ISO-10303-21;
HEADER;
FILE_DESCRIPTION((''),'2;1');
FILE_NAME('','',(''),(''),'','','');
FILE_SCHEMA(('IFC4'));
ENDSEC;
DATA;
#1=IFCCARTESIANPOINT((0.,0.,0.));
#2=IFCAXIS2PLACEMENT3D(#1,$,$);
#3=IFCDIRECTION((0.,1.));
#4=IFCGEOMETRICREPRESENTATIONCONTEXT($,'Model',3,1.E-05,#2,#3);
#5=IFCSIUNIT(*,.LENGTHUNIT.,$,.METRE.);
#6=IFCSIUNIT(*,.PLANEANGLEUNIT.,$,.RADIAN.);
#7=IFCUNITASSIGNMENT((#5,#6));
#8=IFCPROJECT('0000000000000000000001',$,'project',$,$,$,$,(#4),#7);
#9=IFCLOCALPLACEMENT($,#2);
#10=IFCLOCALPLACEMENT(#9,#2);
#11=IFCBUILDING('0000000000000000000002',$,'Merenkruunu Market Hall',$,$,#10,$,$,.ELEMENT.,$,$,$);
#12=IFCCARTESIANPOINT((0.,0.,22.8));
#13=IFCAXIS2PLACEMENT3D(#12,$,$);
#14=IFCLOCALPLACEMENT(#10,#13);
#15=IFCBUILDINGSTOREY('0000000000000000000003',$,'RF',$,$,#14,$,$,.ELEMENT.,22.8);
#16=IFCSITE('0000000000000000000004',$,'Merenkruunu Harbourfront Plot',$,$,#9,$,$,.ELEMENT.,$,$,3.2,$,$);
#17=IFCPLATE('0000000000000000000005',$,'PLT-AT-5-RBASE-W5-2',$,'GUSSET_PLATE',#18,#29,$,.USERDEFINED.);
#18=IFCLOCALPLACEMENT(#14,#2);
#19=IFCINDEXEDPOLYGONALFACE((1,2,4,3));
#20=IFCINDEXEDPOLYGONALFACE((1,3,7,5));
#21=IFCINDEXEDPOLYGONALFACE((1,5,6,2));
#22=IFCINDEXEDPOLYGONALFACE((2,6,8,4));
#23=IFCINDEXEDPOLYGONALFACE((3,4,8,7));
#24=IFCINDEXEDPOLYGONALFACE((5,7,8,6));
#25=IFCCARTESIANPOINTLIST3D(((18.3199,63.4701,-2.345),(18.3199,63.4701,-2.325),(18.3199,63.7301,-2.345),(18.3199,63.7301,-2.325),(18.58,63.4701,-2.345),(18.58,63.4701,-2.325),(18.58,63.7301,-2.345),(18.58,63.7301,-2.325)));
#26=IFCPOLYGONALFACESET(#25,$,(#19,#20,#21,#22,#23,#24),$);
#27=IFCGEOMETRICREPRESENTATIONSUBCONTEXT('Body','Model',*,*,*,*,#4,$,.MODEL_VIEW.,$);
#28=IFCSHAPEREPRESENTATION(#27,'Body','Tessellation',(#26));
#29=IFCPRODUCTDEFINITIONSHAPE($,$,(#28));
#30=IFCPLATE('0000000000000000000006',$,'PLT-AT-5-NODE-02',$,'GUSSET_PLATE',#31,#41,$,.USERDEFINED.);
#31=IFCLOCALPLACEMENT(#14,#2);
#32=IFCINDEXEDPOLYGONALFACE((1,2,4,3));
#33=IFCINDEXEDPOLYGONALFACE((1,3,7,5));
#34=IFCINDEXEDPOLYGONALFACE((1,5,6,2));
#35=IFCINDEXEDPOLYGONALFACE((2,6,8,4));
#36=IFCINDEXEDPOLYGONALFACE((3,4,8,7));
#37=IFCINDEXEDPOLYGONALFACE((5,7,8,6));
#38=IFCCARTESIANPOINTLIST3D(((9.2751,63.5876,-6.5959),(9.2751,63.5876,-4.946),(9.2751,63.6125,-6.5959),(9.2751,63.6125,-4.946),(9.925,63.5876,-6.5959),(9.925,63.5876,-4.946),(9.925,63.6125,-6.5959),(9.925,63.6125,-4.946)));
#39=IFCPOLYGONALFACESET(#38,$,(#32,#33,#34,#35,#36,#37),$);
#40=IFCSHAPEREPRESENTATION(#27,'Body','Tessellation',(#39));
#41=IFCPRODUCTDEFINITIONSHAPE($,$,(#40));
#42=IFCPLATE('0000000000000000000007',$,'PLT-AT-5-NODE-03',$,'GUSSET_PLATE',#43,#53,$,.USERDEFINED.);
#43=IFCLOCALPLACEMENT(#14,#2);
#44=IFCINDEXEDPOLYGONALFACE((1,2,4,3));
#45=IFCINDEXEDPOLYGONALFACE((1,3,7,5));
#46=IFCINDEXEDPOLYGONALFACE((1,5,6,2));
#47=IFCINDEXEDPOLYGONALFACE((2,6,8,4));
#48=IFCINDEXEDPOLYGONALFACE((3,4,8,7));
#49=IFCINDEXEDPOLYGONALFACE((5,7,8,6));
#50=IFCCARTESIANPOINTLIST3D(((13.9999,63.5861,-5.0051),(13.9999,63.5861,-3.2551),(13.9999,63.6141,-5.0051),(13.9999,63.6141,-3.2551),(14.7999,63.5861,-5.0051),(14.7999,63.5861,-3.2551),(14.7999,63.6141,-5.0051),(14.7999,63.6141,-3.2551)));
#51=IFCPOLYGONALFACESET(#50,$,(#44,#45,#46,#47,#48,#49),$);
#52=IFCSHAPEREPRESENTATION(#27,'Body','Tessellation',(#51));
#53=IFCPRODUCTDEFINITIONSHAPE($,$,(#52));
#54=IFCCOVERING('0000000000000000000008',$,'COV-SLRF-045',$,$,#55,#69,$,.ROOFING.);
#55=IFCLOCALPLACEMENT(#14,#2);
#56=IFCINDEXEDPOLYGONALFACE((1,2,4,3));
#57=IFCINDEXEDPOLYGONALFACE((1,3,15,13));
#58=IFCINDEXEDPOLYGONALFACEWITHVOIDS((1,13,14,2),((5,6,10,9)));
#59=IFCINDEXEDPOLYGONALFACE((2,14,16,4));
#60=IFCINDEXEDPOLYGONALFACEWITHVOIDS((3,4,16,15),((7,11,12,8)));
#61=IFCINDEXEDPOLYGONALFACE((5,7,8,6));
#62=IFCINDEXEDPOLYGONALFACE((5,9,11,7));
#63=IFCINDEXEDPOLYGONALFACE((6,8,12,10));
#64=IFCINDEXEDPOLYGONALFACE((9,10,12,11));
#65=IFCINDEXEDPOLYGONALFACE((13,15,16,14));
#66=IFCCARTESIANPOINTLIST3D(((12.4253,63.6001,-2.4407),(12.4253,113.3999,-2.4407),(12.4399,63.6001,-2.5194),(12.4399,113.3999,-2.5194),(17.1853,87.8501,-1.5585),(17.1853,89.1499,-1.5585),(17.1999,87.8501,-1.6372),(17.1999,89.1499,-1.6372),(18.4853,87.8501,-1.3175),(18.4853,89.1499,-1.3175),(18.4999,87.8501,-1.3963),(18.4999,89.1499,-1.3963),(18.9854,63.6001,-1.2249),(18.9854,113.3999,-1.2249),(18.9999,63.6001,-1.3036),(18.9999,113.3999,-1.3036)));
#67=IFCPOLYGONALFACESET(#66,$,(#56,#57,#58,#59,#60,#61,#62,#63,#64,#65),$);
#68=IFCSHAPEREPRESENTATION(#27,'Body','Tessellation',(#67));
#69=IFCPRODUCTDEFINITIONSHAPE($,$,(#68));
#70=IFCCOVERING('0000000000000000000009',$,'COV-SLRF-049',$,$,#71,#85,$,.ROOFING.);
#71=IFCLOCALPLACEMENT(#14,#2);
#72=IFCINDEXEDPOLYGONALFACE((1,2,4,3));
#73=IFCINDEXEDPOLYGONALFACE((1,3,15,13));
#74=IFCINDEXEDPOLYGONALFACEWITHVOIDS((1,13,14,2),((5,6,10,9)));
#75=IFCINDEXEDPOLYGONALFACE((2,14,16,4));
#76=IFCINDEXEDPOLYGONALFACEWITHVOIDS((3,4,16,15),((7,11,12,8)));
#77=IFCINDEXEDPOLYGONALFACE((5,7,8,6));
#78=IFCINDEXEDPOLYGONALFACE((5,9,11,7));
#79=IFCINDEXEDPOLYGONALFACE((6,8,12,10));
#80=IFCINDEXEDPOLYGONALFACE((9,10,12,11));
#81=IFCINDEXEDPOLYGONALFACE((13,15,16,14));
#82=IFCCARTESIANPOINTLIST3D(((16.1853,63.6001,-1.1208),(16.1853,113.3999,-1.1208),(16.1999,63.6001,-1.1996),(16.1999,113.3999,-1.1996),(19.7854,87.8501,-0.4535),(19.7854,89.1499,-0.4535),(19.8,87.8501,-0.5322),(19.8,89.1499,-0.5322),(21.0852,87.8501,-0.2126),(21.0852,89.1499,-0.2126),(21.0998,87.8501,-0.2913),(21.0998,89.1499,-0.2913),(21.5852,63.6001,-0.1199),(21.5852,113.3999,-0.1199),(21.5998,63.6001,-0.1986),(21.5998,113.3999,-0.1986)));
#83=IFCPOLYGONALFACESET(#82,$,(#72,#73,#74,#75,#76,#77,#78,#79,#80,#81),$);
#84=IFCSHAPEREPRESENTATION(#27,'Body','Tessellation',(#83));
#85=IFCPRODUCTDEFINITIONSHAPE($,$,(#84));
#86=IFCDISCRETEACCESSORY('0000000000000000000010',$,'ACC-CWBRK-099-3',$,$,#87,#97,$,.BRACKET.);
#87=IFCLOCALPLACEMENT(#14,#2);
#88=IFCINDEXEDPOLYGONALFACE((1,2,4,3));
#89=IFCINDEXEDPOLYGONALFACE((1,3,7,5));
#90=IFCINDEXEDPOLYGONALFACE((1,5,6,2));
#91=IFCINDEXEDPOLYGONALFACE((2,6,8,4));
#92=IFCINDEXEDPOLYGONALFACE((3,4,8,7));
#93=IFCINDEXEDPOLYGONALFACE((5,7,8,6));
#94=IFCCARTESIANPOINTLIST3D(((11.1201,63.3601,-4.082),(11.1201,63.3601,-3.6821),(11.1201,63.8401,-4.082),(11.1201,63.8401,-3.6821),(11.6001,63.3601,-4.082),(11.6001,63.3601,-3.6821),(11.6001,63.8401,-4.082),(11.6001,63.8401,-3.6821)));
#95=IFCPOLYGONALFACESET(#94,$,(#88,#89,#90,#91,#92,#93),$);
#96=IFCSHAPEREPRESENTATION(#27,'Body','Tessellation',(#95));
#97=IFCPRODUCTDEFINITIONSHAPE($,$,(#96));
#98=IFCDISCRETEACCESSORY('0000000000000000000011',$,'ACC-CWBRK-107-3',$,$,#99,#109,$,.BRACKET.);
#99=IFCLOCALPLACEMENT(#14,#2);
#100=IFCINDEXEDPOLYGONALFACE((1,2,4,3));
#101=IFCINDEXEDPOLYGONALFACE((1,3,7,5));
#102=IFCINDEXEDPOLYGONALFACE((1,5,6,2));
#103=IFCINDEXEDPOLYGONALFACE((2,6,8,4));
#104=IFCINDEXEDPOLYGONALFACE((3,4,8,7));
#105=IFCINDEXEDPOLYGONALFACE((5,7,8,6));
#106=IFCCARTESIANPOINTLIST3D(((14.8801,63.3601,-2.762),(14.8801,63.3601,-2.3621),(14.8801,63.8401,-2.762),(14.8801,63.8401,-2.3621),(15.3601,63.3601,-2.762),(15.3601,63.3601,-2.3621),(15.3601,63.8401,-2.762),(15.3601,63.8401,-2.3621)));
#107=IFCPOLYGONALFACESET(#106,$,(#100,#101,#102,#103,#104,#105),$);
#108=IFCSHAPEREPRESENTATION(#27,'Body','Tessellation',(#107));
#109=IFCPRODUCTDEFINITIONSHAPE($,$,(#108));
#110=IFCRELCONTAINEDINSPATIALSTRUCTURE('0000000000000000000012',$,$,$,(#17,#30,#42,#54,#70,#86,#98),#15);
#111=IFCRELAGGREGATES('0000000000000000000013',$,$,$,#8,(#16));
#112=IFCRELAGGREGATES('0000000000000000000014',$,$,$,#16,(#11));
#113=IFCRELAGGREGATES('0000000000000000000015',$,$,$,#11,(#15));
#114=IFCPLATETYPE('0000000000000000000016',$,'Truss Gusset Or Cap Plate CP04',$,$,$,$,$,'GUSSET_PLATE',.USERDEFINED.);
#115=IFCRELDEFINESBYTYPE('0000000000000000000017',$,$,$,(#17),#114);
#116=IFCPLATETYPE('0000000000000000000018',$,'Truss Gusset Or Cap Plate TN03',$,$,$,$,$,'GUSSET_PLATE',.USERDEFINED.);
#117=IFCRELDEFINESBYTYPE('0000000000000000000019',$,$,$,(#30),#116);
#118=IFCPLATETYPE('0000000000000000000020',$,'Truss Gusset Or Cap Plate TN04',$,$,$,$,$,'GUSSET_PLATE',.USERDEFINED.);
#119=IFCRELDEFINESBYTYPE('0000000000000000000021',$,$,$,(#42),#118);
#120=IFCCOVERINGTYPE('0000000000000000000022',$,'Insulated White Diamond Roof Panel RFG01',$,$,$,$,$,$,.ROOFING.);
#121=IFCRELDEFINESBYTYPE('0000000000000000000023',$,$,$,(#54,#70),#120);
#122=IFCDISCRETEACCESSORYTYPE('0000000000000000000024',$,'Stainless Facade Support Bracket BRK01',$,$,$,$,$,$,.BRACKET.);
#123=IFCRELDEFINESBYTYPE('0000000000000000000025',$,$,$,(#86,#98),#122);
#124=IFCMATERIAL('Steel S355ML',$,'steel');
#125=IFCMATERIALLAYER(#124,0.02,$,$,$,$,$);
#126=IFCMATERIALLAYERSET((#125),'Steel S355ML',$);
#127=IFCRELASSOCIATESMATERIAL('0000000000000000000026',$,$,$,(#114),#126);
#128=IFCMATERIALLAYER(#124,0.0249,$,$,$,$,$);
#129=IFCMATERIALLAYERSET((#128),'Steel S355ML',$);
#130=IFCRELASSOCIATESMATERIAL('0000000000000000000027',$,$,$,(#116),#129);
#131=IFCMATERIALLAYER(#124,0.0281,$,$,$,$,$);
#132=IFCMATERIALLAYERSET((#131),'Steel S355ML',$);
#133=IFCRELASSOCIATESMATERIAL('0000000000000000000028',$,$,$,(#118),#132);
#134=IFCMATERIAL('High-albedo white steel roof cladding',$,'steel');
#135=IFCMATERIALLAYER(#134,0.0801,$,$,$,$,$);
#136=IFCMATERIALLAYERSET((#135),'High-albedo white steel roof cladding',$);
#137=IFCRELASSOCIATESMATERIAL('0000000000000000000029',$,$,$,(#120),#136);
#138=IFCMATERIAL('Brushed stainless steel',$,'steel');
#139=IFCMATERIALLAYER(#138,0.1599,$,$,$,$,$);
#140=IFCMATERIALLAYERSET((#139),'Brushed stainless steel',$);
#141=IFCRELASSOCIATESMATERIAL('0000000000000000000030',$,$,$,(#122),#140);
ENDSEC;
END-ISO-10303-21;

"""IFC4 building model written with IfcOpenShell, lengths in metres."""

from ifc_helpers import new_model, si_unit, direction, frame, origin, origin_2d, place, context, subcontext, project, spatial, polyline, rectangle, outline, extrude, material, layer, layer_set, type_object, element, save


model = new_model("IFC4")

# Units and contexts
model_context = context("Model", 3, precision=1e-05, world=origin(), true_north=direction((0.0, 1.0)))
body_context = subcontext(model_context, "Body", "Model", "MODEL_VIEW")
ifc_project = project(units=[si_unit("LENGTHUNIT", "METRE"), si_unit("PLANEANGLEUNIT", "RADIAN")], contexts=[model_context])

# Site, building, storey
site_placement = place(None, origin())
site = spatial("IfcSite", under=ifc_project, at=site_placement, Name="Merenkruunu Harbourfront Plot", CompositionType="ELEMENT", RefElevation=3.2)
building_placement = place(site_placement, origin())
building = spatial("IfcBuilding", under=site, at=building_placement, Name="Merenkruunu Market Hall", CompositionType="ELEMENT")
storey_placement = place(building_placement, frame((0.0, 0.0, 22.8)))
storey = spatial("IfcBuildingStorey", under=building, at=storey_placement, Name="RF", CompositionType="ELEMENT", Elevation=22.8)

# Shared definitions
ifc_material_1 = material(Name="Steel S355ML", Category="steel")

# Plates
ifc_layer_1 = layer(ifc_material_1, 0.02)
ifc_layer_set_1 = layer_set([ifc_layer_1], Name="Steel S355ML")
plate_type_1 = type_object("IfcPlateType", Name="Truss Gusset Or Cap Plate CP04", ElementType="GUSSET_PLATE", PredefinedType="USERDEFINED", material=ifc_layer_set_1)
for number, where, z_axis, x_axis, name in (
    (1, (18.45, 63.6001, -2.345), (0.0, 0.0, 1.0), (1.0, 0.0, 0.0), "PLT-AT-5-RBASE-W5-2"),
):
    element("IfcPlate", number, at=place(storey_placement, frame(where, z_axis=z_axis, x_axis=x_axis)), inside=storey, type_object=plate_type_1, Name=name, ObjectType="GUSSET_PLATE", PredefinedType="USERDEFINED", context=body_context, shape_type="SweptSolid", body=[
        extrude(rectangle(XDim=0.26, YDim=0.26, at=origin_2d()), origin(), (0.0, 0.0, 1.0), 0.02),
    ])
ifc_layer_2 = layer(ifc_material_1, 0.0249)
ifc_layer_set_2 = layer_set([ifc_layer_2], Name="Steel S355ML")
plate_type_2 = type_object("IfcPlateType", Name="Truss Gusset Or Cap Plate TN03", ElementType="GUSSET_PLATE", PredefinedType="USERDEFINED", material=ifc_layer_set_2)
plate_1_placement = place(storey_placement, frame((9.6001, 63.6001, -6.5959), z_axis=(0.0, 0.0, 1.0), x_axis=(1.0, 0.0, 0.0)))
element("IfcPlate", 2, at=plate_1_placement, inside=storey, type_object=plate_type_2, Name="PLT-AT-5-NODE-02", ObjectType="GUSSET_PLATE", PredefinedType="USERDEFINED", context=body_context, shape_type="SweptSolid", body=[
    extrude(rectangle(XDim=0.6499, YDim=0.0249, at=origin_2d()), origin(), (0.0, 0.0, 1.0), 1.6499),
])
ifc_layer_3 = layer(ifc_material_1, 0.0281)
ifc_layer_set_3 = layer_set([ifc_layer_3], Name="Steel S355ML")
plate_type_3 = type_object("IfcPlateType", Name="Truss Gusset Or Cap Plate TN04", ElementType="GUSSET_PLATE", PredefinedType="USERDEFINED", material=ifc_layer_set_3)
plate_2_placement = place(storey_placement, frame((14.3999, 63.6001, -5.0051), z_axis=(0.0, 0.0, 1.0), x_axis=(1.0, 0.0, 0.0)))
element("IfcPlate", 3, at=plate_2_placement, inside=storey, type_object=plate_type_3, Name="PLT-AT-5-NODE-03", ObjectType="GUSSET_PLATE", PredefinedType="USERDEFINED", context=body_context, shape_type="SweptSolid", body=[
    extrude(rectangle(XDim=0.8, YDim=0.0281, at=origin_2d()), origin(), (0.0, 0.0, 1.0), 1.75),
])

# Coverings
ifc_material_2 = material(Name="High-albedo white steel roof cladding", Category="steel")
ifc_layer_4 = layer(ifc_material_2, 0.0801)
ifc_layer_set_4 = layer_set([ifc_layer_4], Name="High-albedo white steel roof cladding")
covering_type = type_object("IfcCoveringType", Name="Insulated White Diamond Roof Panel RFG01", PredefinedType="ROOFING", material=ifc_layer_set_4)
covering_1_placement = place(storey_placement, frame((12.4253, 63.6001, -2.4407), z_axis=(-0.182233, 0.0, 0.983255), x_axis=(0.983255, 0.0, 0.182233)))
element("IfcCovering", 4, at=covering_1_placement, inside=storey, type_object=covering_type, Name="COV-SLRF-045", PredefinedType="ROOFING", context=body_context, shape_type="SweptSolid", body=[
    extrude(outline(polyline([(0.0, 0.0), (6.6718, 0.0), (6.6718, 49.7998), (0.0, 49.7998), (0.0, 0.0)]), holes=[polyline([(4.841, 24.25), (6.1632, 24.25), (6.1632, 25.5498), (4.841, 25.5498), (4.841, 24.25)])]), origin(), (0.0, 0.0, -1.0), 0.0801),
])
covering_2_placement = place(storey_placement, frame((16.1853, 63.6001, -1.1208), z_axis=(-0.182264, 0.0, 0.98325), x_axis=(0.98325, 0.0, 0.182264)))
element("IfcCovering", 5, at=covering_2_placement, inside=storey, type_object=covering_type, Name="COV-SLRF-049", PredefinedType="ROOFING", context=body_context, shape_type="SweptSolid", body=[
    extrude(outline(polyline([(0.0, 0.0), (5.4919, 0.0), (5.4919, 49.7998), (0.0, 49.7998), (0.0, 0.0)]), holes=[polyline([(3.6614, 24.25), (4.9834, 24.25), (4.9834, 25.5498), (3.6614, 25.5498), (3.6614, 24.25)])]), origin(), (0.0, 0.0, -1.0), 0.0801),
])

# Discrete accessories
ifc_material_3 = material(Name="Brushed stainless steel", Category="steel")
ifc_layer_5 = layer(ifc_material_3, 0.1599)
ifc_layer_set_5 = layer_set([ifc_layer_5], Name="Brushed stainless steel")
discrete_accessory_type = type_object("IfcDiscreteAccessoryType", Name="Stainless Facade Support Bracket BRK01", PredefinedType="BRACKET", material=ifc_layer_set_5)
for number, where, z_axis, x_axis, name in (
    (6, (11.3601, 63.6001, -4.082), (0.0, 0.0, 1.0), (1.0, 0.0, 0.0), "ACC-CWBRK-099-3"),
    (7, (15.1201, 63.6001, -2.762), (0.0, 0.0, 1.0), (1.0, 0.0, 0.0), "ACC-CWBRK-107-3"),
):
    element("IfcDiscreteAccessory", number, at=place(storey_placement, frame(where, z_axis=z_axis, x_axis=x_axis)), inside=storey, type_object=discrete_accessory_type, Name=name, PredefinedType="BRACKET", context=body_context, shape_type="SweptSolid", body=[
        extrude(rectangle(XDim=0.48, YDim=0.48, at=origin_2d()), origin(), (0.0, 0.0, 1.0), 0.3999),
    ])

save(model, "model.ifc")
